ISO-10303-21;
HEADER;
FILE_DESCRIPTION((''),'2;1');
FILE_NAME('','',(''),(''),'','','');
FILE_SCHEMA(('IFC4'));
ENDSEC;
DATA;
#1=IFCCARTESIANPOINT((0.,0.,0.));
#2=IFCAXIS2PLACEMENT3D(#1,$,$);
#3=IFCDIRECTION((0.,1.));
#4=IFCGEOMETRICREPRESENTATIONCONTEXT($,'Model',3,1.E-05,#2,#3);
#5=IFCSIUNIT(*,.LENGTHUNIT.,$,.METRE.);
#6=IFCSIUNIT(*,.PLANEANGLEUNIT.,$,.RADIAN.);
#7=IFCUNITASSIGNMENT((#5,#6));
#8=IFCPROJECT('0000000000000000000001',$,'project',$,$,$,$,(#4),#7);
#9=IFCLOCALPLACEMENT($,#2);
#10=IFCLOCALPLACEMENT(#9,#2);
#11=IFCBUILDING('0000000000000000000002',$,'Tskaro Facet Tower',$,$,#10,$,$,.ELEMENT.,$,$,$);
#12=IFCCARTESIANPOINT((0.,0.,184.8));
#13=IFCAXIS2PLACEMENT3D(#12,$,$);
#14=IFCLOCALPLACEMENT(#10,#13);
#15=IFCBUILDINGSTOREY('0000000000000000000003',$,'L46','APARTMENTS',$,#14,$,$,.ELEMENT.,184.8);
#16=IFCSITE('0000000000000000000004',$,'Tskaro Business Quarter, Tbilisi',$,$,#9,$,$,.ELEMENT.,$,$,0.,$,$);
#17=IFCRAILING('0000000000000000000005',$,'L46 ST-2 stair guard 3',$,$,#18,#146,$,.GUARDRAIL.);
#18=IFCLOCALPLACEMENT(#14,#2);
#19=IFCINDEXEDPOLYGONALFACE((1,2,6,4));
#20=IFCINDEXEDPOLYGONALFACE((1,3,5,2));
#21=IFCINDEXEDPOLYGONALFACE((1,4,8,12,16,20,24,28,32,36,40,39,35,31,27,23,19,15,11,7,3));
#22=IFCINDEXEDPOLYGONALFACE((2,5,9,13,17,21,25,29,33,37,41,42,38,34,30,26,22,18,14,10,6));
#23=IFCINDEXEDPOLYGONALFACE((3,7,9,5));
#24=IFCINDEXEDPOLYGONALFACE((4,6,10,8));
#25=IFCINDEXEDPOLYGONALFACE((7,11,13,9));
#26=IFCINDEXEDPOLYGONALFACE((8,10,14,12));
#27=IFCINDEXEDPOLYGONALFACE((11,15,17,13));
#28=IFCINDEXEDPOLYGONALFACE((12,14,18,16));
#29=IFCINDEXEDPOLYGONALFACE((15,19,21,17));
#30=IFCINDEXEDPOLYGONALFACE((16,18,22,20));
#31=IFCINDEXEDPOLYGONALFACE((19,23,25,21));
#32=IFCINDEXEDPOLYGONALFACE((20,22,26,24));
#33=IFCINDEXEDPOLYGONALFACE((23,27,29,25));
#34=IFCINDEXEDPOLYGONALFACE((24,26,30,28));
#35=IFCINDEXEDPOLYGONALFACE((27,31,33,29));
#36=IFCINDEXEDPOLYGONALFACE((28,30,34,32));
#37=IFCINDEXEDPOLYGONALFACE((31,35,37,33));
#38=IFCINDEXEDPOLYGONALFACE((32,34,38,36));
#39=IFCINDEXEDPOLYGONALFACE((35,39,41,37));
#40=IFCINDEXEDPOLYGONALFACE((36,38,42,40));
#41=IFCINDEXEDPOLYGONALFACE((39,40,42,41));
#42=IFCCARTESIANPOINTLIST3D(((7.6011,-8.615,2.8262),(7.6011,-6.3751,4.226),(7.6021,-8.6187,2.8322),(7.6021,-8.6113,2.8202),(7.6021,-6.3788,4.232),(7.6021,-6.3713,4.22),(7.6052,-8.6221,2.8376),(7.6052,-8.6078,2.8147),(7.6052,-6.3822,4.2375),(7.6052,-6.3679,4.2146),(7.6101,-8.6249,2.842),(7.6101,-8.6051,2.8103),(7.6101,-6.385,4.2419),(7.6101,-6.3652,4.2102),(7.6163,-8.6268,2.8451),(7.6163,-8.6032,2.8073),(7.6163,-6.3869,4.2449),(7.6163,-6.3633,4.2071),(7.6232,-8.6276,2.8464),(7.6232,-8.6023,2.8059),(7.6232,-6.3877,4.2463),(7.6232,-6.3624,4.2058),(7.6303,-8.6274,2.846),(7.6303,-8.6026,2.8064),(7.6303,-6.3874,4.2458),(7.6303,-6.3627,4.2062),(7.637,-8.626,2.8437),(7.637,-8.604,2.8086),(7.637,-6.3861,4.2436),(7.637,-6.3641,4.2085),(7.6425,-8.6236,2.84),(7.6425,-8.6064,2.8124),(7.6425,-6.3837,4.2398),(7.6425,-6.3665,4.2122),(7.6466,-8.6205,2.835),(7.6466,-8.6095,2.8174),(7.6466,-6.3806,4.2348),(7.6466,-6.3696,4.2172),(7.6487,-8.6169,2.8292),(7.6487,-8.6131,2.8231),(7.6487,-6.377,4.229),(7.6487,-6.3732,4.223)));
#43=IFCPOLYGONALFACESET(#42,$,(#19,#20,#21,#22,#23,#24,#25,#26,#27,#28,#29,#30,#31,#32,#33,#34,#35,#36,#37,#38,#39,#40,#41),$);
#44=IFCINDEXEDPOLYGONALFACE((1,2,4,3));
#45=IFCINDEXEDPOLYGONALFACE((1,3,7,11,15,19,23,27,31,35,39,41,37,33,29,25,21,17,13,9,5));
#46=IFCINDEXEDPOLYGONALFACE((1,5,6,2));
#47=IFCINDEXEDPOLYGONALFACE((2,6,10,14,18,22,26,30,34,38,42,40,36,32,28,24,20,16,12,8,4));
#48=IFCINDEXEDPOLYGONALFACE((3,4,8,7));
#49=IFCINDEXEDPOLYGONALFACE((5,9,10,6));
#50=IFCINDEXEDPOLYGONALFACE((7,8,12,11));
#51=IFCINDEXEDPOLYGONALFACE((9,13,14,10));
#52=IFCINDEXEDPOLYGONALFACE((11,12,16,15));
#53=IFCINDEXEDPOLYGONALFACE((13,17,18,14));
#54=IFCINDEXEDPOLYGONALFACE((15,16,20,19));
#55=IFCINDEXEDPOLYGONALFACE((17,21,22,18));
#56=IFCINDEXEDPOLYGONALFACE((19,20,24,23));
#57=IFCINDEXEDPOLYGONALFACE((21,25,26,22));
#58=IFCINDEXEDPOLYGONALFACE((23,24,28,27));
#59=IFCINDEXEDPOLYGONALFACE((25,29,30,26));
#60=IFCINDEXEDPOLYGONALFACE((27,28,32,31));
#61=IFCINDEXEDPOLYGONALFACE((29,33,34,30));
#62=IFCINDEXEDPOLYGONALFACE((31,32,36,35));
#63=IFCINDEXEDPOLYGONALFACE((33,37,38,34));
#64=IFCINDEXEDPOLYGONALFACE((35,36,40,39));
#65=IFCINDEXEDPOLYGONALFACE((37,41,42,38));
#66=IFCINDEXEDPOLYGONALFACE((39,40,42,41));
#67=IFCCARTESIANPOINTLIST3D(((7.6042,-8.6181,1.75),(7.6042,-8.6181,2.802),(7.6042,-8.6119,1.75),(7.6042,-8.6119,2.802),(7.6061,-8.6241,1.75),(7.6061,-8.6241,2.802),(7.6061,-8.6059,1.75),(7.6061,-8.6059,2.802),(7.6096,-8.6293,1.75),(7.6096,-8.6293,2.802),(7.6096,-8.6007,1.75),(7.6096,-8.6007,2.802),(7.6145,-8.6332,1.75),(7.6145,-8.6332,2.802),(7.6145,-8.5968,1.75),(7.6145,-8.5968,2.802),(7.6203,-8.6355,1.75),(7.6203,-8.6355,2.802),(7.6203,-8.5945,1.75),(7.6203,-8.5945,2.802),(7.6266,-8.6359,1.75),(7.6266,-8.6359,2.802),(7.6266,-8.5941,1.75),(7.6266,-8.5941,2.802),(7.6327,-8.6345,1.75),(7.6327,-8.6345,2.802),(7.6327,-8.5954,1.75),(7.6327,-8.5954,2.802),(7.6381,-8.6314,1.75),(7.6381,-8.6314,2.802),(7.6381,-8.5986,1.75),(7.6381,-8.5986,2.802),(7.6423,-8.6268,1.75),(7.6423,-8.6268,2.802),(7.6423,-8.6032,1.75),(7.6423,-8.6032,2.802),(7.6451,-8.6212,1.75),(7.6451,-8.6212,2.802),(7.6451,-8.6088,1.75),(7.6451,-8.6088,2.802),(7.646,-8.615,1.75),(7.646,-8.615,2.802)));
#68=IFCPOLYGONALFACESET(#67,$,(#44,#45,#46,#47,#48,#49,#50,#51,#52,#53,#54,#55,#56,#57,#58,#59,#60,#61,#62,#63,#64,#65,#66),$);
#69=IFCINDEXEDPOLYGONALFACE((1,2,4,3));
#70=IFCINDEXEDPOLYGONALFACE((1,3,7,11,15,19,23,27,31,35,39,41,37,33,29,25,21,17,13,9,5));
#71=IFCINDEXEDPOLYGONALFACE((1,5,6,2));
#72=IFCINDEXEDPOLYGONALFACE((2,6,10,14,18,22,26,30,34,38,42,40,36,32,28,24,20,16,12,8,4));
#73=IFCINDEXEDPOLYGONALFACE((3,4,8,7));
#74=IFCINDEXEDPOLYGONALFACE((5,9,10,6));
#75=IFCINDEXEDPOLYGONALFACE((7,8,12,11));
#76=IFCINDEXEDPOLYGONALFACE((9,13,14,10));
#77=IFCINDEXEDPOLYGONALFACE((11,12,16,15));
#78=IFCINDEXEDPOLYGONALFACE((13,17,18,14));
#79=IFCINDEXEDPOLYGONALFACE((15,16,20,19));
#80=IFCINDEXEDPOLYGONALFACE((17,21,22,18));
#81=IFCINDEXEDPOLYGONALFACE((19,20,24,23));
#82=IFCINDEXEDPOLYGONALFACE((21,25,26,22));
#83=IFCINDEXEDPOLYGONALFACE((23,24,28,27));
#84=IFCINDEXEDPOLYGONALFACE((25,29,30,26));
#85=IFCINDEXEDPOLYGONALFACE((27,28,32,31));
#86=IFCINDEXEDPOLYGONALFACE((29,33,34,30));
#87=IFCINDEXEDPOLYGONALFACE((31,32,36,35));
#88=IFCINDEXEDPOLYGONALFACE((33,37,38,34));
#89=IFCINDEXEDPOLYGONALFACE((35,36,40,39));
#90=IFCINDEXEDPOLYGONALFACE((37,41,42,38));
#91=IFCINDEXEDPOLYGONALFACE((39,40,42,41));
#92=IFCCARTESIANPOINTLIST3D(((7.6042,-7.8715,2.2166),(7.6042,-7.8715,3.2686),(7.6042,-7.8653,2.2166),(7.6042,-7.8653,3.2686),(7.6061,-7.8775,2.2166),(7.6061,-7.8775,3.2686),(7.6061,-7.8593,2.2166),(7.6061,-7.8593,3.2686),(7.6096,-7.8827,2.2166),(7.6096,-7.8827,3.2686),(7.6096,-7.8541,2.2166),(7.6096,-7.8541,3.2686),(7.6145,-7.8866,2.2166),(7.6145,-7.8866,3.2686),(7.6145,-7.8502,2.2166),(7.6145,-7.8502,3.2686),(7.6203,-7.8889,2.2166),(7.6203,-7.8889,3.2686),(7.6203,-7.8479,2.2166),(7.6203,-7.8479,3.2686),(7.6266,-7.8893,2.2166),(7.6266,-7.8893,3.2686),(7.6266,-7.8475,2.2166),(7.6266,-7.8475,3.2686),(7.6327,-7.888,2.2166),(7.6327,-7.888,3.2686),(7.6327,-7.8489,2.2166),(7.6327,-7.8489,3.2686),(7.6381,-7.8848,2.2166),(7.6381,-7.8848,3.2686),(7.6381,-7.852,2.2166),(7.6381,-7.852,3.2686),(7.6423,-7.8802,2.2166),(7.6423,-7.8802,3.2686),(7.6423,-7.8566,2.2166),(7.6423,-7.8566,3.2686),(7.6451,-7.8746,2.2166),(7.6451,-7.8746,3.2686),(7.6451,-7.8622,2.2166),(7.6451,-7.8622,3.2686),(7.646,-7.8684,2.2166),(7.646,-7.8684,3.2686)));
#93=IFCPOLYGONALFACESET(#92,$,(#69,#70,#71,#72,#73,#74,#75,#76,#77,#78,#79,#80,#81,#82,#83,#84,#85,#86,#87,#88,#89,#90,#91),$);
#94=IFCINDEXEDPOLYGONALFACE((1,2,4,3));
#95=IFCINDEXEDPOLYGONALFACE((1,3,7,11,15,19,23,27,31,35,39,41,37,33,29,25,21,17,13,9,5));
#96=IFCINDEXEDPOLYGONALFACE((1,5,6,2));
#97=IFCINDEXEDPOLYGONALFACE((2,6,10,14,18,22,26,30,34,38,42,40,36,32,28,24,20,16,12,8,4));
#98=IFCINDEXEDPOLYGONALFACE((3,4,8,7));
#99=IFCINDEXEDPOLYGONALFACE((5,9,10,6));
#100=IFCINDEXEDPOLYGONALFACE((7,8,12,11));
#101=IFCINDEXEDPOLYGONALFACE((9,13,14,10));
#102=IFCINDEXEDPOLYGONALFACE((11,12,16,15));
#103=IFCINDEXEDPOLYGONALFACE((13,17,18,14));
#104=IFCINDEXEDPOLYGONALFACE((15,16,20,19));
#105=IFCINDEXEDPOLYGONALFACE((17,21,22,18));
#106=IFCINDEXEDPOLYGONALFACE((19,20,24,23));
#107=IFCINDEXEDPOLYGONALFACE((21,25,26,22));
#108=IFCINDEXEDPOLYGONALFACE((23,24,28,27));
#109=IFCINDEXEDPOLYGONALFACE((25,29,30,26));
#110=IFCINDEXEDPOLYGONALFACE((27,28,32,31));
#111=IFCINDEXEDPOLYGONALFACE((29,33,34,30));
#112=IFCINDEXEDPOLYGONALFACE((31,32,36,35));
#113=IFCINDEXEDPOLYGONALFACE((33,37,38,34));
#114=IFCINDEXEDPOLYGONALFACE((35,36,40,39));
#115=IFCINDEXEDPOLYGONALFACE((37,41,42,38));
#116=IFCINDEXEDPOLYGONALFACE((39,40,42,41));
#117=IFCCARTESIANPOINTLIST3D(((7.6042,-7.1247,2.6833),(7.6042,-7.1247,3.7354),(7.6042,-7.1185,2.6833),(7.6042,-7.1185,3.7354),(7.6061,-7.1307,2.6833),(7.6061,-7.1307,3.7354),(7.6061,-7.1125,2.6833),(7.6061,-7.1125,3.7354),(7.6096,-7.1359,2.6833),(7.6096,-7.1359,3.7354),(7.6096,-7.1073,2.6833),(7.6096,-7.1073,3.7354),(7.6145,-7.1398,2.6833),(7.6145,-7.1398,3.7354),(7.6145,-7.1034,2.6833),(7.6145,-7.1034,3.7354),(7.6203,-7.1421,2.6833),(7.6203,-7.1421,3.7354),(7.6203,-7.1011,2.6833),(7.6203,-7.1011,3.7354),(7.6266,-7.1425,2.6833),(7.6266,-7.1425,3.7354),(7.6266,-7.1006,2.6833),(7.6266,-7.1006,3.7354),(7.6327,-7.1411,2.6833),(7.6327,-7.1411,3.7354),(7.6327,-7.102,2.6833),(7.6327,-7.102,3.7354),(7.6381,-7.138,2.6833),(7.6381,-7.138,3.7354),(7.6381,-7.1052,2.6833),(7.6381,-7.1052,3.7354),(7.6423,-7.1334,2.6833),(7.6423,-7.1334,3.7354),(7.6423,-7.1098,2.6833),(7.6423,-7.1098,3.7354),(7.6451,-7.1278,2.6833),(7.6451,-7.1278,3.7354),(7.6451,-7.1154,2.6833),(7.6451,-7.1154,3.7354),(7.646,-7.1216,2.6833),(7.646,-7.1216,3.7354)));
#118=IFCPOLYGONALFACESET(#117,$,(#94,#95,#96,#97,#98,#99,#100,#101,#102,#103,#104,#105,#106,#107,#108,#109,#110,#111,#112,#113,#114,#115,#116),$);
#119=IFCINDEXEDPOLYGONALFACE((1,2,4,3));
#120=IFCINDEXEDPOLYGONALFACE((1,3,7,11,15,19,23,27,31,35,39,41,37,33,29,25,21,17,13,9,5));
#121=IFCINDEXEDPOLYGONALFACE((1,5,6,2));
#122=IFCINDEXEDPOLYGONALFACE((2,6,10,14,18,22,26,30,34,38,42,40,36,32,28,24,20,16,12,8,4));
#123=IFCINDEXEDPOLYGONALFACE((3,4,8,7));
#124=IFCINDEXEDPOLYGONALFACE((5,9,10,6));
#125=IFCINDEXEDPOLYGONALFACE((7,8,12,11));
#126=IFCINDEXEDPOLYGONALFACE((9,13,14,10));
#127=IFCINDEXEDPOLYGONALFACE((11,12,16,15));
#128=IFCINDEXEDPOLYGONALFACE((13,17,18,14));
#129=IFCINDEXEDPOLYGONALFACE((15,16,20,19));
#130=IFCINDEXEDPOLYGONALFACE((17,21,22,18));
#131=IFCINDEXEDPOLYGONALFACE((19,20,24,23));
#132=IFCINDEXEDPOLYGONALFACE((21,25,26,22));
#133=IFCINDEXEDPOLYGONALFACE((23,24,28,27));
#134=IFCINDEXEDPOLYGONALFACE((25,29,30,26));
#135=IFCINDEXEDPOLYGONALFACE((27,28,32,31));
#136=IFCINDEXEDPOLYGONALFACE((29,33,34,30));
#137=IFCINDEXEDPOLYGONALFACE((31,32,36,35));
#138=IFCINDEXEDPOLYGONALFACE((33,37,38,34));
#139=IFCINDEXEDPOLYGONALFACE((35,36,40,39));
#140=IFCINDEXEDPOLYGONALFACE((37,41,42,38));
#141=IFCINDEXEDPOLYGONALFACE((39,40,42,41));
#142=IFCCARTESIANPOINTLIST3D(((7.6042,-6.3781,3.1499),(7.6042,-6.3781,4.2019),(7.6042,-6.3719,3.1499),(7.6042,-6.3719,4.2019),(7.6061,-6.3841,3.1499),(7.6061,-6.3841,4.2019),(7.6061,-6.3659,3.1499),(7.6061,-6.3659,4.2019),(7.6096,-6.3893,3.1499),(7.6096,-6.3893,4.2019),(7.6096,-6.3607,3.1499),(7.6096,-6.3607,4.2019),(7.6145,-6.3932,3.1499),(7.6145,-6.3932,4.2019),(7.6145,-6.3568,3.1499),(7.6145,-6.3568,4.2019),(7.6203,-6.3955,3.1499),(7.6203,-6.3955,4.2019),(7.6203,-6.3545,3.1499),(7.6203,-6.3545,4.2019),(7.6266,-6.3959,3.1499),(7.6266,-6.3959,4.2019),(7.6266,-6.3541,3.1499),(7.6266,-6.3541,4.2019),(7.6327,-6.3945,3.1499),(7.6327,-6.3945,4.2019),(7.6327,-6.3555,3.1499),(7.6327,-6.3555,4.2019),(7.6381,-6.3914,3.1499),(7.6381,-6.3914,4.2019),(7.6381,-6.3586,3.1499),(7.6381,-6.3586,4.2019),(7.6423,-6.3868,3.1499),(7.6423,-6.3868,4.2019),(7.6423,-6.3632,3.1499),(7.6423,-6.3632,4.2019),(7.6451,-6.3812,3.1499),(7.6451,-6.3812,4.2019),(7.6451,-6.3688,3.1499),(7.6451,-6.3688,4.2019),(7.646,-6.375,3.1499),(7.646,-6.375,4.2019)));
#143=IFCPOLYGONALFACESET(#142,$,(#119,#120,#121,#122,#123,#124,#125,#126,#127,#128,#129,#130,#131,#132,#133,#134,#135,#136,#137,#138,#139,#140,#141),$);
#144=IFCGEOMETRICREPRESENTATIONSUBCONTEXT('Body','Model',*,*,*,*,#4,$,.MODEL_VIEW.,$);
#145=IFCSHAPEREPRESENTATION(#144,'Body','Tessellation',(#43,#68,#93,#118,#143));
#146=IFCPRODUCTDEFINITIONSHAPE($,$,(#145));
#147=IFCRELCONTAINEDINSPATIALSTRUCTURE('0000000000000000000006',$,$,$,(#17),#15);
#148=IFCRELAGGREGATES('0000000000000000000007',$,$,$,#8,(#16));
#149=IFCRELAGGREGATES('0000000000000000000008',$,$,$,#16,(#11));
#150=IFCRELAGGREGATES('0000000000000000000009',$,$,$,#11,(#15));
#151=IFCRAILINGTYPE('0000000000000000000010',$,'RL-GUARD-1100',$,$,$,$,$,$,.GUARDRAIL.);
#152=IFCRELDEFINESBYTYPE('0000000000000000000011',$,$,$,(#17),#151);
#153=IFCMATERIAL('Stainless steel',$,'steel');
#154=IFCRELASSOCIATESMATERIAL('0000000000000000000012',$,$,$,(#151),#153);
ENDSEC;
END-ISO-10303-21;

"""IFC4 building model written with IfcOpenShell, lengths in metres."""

from ifc_helpers import new_model, si_unit, direction, frame, origin, origin_2d, place, context, subcontext, project, spatial, circle, extrude, material, type_object, element, save


model = new_model("IFC4")

# Units and contexts
model_context = context("Model", 3, precision=1e-05, world=origin(), true_north=direction((0.0, 1.0)))
body_context = subcontext(model_context, "Body", "Model", "MODEL_VIEW")
ifc_project = project(units=[si_unit("LENGTHUNIT", "METRE"), si_unit("PLANEANGLEUNIT", "RADIAN")], contexts=[model_context])

# Site, building, storey
site_placement = place(None, origin())
site = spatial("IfcSite", under=ifc_project, at=site_placement, Name="Tskaro Business Quarter, Tbilisi", CompositionType="ELEMENT", RefElevation=0.0)
building_placement = place(site_placement, origin())
building = spatial("IfcBuilding", under=site, at=building_placement, Name="Tskaro Facet Tower", CompositionType="ELEMENT")
storey_placement = place(building_placement, frame((0.0, 0.0, 184.8)))
storey = spatial("IfcBuildingStorey", under=building, at=storey_placement, Name="L46", Description="APARTMENTS", CompositionType="ELEMENT", Elevation=184.8)

# Railing
ifc_material_1 = material(Name="Stainless steel", Category="steel")
railing_type = type_object("IfcRailingType", Name="RL-GUARD-1100", PredefinedType="GUARDRAIL", material=ifc_material_1)
railing_1_placement = place(storey_placement, frame((7.625, -8.615, 1.75)))
element("IfcRailing", 1, at=railing_1_placement, inside=storey, type_object=railing_type, Name="L46 ST-2 stair guard 3", PredefinedType="GUARDRAIL", context=body_context, shape_type="SweptSolid", body=[
    extrude(circle(Radius=0.0239, at=origin_2d()), frame((0.0, 0.0, 1.0762), z_axis=(0.0, 0.848014, 0.529974), x_axis=(-1.0, 0.0, 0.0)), (0.0, 0.0, 1.0), 2.6414),
    extrude(circle(Radius=0.021, at=origin_2d()), origin(), (0.0, 0.0, 1.0), 1.052),
    extrude(circle(Radius=0.021, at=origin_2d()), frame((0.0, 0.7466, 0.4666)), (0.0, 0.0, 1.0), 1.052),
    extrude(circle(Radius=0.021, at=origin_2d()), frame((0.0, 1.4934, 0.9333)), (0.0, 0.0, 1.0), 1.052),
    extrude(circle(Radius=0.021, at=origin_2d()), frame((0.0, 2.24, 1.3999)), (0.0, 0.0, 1.0), 1.052),
])

save(model, "model.ifc")
